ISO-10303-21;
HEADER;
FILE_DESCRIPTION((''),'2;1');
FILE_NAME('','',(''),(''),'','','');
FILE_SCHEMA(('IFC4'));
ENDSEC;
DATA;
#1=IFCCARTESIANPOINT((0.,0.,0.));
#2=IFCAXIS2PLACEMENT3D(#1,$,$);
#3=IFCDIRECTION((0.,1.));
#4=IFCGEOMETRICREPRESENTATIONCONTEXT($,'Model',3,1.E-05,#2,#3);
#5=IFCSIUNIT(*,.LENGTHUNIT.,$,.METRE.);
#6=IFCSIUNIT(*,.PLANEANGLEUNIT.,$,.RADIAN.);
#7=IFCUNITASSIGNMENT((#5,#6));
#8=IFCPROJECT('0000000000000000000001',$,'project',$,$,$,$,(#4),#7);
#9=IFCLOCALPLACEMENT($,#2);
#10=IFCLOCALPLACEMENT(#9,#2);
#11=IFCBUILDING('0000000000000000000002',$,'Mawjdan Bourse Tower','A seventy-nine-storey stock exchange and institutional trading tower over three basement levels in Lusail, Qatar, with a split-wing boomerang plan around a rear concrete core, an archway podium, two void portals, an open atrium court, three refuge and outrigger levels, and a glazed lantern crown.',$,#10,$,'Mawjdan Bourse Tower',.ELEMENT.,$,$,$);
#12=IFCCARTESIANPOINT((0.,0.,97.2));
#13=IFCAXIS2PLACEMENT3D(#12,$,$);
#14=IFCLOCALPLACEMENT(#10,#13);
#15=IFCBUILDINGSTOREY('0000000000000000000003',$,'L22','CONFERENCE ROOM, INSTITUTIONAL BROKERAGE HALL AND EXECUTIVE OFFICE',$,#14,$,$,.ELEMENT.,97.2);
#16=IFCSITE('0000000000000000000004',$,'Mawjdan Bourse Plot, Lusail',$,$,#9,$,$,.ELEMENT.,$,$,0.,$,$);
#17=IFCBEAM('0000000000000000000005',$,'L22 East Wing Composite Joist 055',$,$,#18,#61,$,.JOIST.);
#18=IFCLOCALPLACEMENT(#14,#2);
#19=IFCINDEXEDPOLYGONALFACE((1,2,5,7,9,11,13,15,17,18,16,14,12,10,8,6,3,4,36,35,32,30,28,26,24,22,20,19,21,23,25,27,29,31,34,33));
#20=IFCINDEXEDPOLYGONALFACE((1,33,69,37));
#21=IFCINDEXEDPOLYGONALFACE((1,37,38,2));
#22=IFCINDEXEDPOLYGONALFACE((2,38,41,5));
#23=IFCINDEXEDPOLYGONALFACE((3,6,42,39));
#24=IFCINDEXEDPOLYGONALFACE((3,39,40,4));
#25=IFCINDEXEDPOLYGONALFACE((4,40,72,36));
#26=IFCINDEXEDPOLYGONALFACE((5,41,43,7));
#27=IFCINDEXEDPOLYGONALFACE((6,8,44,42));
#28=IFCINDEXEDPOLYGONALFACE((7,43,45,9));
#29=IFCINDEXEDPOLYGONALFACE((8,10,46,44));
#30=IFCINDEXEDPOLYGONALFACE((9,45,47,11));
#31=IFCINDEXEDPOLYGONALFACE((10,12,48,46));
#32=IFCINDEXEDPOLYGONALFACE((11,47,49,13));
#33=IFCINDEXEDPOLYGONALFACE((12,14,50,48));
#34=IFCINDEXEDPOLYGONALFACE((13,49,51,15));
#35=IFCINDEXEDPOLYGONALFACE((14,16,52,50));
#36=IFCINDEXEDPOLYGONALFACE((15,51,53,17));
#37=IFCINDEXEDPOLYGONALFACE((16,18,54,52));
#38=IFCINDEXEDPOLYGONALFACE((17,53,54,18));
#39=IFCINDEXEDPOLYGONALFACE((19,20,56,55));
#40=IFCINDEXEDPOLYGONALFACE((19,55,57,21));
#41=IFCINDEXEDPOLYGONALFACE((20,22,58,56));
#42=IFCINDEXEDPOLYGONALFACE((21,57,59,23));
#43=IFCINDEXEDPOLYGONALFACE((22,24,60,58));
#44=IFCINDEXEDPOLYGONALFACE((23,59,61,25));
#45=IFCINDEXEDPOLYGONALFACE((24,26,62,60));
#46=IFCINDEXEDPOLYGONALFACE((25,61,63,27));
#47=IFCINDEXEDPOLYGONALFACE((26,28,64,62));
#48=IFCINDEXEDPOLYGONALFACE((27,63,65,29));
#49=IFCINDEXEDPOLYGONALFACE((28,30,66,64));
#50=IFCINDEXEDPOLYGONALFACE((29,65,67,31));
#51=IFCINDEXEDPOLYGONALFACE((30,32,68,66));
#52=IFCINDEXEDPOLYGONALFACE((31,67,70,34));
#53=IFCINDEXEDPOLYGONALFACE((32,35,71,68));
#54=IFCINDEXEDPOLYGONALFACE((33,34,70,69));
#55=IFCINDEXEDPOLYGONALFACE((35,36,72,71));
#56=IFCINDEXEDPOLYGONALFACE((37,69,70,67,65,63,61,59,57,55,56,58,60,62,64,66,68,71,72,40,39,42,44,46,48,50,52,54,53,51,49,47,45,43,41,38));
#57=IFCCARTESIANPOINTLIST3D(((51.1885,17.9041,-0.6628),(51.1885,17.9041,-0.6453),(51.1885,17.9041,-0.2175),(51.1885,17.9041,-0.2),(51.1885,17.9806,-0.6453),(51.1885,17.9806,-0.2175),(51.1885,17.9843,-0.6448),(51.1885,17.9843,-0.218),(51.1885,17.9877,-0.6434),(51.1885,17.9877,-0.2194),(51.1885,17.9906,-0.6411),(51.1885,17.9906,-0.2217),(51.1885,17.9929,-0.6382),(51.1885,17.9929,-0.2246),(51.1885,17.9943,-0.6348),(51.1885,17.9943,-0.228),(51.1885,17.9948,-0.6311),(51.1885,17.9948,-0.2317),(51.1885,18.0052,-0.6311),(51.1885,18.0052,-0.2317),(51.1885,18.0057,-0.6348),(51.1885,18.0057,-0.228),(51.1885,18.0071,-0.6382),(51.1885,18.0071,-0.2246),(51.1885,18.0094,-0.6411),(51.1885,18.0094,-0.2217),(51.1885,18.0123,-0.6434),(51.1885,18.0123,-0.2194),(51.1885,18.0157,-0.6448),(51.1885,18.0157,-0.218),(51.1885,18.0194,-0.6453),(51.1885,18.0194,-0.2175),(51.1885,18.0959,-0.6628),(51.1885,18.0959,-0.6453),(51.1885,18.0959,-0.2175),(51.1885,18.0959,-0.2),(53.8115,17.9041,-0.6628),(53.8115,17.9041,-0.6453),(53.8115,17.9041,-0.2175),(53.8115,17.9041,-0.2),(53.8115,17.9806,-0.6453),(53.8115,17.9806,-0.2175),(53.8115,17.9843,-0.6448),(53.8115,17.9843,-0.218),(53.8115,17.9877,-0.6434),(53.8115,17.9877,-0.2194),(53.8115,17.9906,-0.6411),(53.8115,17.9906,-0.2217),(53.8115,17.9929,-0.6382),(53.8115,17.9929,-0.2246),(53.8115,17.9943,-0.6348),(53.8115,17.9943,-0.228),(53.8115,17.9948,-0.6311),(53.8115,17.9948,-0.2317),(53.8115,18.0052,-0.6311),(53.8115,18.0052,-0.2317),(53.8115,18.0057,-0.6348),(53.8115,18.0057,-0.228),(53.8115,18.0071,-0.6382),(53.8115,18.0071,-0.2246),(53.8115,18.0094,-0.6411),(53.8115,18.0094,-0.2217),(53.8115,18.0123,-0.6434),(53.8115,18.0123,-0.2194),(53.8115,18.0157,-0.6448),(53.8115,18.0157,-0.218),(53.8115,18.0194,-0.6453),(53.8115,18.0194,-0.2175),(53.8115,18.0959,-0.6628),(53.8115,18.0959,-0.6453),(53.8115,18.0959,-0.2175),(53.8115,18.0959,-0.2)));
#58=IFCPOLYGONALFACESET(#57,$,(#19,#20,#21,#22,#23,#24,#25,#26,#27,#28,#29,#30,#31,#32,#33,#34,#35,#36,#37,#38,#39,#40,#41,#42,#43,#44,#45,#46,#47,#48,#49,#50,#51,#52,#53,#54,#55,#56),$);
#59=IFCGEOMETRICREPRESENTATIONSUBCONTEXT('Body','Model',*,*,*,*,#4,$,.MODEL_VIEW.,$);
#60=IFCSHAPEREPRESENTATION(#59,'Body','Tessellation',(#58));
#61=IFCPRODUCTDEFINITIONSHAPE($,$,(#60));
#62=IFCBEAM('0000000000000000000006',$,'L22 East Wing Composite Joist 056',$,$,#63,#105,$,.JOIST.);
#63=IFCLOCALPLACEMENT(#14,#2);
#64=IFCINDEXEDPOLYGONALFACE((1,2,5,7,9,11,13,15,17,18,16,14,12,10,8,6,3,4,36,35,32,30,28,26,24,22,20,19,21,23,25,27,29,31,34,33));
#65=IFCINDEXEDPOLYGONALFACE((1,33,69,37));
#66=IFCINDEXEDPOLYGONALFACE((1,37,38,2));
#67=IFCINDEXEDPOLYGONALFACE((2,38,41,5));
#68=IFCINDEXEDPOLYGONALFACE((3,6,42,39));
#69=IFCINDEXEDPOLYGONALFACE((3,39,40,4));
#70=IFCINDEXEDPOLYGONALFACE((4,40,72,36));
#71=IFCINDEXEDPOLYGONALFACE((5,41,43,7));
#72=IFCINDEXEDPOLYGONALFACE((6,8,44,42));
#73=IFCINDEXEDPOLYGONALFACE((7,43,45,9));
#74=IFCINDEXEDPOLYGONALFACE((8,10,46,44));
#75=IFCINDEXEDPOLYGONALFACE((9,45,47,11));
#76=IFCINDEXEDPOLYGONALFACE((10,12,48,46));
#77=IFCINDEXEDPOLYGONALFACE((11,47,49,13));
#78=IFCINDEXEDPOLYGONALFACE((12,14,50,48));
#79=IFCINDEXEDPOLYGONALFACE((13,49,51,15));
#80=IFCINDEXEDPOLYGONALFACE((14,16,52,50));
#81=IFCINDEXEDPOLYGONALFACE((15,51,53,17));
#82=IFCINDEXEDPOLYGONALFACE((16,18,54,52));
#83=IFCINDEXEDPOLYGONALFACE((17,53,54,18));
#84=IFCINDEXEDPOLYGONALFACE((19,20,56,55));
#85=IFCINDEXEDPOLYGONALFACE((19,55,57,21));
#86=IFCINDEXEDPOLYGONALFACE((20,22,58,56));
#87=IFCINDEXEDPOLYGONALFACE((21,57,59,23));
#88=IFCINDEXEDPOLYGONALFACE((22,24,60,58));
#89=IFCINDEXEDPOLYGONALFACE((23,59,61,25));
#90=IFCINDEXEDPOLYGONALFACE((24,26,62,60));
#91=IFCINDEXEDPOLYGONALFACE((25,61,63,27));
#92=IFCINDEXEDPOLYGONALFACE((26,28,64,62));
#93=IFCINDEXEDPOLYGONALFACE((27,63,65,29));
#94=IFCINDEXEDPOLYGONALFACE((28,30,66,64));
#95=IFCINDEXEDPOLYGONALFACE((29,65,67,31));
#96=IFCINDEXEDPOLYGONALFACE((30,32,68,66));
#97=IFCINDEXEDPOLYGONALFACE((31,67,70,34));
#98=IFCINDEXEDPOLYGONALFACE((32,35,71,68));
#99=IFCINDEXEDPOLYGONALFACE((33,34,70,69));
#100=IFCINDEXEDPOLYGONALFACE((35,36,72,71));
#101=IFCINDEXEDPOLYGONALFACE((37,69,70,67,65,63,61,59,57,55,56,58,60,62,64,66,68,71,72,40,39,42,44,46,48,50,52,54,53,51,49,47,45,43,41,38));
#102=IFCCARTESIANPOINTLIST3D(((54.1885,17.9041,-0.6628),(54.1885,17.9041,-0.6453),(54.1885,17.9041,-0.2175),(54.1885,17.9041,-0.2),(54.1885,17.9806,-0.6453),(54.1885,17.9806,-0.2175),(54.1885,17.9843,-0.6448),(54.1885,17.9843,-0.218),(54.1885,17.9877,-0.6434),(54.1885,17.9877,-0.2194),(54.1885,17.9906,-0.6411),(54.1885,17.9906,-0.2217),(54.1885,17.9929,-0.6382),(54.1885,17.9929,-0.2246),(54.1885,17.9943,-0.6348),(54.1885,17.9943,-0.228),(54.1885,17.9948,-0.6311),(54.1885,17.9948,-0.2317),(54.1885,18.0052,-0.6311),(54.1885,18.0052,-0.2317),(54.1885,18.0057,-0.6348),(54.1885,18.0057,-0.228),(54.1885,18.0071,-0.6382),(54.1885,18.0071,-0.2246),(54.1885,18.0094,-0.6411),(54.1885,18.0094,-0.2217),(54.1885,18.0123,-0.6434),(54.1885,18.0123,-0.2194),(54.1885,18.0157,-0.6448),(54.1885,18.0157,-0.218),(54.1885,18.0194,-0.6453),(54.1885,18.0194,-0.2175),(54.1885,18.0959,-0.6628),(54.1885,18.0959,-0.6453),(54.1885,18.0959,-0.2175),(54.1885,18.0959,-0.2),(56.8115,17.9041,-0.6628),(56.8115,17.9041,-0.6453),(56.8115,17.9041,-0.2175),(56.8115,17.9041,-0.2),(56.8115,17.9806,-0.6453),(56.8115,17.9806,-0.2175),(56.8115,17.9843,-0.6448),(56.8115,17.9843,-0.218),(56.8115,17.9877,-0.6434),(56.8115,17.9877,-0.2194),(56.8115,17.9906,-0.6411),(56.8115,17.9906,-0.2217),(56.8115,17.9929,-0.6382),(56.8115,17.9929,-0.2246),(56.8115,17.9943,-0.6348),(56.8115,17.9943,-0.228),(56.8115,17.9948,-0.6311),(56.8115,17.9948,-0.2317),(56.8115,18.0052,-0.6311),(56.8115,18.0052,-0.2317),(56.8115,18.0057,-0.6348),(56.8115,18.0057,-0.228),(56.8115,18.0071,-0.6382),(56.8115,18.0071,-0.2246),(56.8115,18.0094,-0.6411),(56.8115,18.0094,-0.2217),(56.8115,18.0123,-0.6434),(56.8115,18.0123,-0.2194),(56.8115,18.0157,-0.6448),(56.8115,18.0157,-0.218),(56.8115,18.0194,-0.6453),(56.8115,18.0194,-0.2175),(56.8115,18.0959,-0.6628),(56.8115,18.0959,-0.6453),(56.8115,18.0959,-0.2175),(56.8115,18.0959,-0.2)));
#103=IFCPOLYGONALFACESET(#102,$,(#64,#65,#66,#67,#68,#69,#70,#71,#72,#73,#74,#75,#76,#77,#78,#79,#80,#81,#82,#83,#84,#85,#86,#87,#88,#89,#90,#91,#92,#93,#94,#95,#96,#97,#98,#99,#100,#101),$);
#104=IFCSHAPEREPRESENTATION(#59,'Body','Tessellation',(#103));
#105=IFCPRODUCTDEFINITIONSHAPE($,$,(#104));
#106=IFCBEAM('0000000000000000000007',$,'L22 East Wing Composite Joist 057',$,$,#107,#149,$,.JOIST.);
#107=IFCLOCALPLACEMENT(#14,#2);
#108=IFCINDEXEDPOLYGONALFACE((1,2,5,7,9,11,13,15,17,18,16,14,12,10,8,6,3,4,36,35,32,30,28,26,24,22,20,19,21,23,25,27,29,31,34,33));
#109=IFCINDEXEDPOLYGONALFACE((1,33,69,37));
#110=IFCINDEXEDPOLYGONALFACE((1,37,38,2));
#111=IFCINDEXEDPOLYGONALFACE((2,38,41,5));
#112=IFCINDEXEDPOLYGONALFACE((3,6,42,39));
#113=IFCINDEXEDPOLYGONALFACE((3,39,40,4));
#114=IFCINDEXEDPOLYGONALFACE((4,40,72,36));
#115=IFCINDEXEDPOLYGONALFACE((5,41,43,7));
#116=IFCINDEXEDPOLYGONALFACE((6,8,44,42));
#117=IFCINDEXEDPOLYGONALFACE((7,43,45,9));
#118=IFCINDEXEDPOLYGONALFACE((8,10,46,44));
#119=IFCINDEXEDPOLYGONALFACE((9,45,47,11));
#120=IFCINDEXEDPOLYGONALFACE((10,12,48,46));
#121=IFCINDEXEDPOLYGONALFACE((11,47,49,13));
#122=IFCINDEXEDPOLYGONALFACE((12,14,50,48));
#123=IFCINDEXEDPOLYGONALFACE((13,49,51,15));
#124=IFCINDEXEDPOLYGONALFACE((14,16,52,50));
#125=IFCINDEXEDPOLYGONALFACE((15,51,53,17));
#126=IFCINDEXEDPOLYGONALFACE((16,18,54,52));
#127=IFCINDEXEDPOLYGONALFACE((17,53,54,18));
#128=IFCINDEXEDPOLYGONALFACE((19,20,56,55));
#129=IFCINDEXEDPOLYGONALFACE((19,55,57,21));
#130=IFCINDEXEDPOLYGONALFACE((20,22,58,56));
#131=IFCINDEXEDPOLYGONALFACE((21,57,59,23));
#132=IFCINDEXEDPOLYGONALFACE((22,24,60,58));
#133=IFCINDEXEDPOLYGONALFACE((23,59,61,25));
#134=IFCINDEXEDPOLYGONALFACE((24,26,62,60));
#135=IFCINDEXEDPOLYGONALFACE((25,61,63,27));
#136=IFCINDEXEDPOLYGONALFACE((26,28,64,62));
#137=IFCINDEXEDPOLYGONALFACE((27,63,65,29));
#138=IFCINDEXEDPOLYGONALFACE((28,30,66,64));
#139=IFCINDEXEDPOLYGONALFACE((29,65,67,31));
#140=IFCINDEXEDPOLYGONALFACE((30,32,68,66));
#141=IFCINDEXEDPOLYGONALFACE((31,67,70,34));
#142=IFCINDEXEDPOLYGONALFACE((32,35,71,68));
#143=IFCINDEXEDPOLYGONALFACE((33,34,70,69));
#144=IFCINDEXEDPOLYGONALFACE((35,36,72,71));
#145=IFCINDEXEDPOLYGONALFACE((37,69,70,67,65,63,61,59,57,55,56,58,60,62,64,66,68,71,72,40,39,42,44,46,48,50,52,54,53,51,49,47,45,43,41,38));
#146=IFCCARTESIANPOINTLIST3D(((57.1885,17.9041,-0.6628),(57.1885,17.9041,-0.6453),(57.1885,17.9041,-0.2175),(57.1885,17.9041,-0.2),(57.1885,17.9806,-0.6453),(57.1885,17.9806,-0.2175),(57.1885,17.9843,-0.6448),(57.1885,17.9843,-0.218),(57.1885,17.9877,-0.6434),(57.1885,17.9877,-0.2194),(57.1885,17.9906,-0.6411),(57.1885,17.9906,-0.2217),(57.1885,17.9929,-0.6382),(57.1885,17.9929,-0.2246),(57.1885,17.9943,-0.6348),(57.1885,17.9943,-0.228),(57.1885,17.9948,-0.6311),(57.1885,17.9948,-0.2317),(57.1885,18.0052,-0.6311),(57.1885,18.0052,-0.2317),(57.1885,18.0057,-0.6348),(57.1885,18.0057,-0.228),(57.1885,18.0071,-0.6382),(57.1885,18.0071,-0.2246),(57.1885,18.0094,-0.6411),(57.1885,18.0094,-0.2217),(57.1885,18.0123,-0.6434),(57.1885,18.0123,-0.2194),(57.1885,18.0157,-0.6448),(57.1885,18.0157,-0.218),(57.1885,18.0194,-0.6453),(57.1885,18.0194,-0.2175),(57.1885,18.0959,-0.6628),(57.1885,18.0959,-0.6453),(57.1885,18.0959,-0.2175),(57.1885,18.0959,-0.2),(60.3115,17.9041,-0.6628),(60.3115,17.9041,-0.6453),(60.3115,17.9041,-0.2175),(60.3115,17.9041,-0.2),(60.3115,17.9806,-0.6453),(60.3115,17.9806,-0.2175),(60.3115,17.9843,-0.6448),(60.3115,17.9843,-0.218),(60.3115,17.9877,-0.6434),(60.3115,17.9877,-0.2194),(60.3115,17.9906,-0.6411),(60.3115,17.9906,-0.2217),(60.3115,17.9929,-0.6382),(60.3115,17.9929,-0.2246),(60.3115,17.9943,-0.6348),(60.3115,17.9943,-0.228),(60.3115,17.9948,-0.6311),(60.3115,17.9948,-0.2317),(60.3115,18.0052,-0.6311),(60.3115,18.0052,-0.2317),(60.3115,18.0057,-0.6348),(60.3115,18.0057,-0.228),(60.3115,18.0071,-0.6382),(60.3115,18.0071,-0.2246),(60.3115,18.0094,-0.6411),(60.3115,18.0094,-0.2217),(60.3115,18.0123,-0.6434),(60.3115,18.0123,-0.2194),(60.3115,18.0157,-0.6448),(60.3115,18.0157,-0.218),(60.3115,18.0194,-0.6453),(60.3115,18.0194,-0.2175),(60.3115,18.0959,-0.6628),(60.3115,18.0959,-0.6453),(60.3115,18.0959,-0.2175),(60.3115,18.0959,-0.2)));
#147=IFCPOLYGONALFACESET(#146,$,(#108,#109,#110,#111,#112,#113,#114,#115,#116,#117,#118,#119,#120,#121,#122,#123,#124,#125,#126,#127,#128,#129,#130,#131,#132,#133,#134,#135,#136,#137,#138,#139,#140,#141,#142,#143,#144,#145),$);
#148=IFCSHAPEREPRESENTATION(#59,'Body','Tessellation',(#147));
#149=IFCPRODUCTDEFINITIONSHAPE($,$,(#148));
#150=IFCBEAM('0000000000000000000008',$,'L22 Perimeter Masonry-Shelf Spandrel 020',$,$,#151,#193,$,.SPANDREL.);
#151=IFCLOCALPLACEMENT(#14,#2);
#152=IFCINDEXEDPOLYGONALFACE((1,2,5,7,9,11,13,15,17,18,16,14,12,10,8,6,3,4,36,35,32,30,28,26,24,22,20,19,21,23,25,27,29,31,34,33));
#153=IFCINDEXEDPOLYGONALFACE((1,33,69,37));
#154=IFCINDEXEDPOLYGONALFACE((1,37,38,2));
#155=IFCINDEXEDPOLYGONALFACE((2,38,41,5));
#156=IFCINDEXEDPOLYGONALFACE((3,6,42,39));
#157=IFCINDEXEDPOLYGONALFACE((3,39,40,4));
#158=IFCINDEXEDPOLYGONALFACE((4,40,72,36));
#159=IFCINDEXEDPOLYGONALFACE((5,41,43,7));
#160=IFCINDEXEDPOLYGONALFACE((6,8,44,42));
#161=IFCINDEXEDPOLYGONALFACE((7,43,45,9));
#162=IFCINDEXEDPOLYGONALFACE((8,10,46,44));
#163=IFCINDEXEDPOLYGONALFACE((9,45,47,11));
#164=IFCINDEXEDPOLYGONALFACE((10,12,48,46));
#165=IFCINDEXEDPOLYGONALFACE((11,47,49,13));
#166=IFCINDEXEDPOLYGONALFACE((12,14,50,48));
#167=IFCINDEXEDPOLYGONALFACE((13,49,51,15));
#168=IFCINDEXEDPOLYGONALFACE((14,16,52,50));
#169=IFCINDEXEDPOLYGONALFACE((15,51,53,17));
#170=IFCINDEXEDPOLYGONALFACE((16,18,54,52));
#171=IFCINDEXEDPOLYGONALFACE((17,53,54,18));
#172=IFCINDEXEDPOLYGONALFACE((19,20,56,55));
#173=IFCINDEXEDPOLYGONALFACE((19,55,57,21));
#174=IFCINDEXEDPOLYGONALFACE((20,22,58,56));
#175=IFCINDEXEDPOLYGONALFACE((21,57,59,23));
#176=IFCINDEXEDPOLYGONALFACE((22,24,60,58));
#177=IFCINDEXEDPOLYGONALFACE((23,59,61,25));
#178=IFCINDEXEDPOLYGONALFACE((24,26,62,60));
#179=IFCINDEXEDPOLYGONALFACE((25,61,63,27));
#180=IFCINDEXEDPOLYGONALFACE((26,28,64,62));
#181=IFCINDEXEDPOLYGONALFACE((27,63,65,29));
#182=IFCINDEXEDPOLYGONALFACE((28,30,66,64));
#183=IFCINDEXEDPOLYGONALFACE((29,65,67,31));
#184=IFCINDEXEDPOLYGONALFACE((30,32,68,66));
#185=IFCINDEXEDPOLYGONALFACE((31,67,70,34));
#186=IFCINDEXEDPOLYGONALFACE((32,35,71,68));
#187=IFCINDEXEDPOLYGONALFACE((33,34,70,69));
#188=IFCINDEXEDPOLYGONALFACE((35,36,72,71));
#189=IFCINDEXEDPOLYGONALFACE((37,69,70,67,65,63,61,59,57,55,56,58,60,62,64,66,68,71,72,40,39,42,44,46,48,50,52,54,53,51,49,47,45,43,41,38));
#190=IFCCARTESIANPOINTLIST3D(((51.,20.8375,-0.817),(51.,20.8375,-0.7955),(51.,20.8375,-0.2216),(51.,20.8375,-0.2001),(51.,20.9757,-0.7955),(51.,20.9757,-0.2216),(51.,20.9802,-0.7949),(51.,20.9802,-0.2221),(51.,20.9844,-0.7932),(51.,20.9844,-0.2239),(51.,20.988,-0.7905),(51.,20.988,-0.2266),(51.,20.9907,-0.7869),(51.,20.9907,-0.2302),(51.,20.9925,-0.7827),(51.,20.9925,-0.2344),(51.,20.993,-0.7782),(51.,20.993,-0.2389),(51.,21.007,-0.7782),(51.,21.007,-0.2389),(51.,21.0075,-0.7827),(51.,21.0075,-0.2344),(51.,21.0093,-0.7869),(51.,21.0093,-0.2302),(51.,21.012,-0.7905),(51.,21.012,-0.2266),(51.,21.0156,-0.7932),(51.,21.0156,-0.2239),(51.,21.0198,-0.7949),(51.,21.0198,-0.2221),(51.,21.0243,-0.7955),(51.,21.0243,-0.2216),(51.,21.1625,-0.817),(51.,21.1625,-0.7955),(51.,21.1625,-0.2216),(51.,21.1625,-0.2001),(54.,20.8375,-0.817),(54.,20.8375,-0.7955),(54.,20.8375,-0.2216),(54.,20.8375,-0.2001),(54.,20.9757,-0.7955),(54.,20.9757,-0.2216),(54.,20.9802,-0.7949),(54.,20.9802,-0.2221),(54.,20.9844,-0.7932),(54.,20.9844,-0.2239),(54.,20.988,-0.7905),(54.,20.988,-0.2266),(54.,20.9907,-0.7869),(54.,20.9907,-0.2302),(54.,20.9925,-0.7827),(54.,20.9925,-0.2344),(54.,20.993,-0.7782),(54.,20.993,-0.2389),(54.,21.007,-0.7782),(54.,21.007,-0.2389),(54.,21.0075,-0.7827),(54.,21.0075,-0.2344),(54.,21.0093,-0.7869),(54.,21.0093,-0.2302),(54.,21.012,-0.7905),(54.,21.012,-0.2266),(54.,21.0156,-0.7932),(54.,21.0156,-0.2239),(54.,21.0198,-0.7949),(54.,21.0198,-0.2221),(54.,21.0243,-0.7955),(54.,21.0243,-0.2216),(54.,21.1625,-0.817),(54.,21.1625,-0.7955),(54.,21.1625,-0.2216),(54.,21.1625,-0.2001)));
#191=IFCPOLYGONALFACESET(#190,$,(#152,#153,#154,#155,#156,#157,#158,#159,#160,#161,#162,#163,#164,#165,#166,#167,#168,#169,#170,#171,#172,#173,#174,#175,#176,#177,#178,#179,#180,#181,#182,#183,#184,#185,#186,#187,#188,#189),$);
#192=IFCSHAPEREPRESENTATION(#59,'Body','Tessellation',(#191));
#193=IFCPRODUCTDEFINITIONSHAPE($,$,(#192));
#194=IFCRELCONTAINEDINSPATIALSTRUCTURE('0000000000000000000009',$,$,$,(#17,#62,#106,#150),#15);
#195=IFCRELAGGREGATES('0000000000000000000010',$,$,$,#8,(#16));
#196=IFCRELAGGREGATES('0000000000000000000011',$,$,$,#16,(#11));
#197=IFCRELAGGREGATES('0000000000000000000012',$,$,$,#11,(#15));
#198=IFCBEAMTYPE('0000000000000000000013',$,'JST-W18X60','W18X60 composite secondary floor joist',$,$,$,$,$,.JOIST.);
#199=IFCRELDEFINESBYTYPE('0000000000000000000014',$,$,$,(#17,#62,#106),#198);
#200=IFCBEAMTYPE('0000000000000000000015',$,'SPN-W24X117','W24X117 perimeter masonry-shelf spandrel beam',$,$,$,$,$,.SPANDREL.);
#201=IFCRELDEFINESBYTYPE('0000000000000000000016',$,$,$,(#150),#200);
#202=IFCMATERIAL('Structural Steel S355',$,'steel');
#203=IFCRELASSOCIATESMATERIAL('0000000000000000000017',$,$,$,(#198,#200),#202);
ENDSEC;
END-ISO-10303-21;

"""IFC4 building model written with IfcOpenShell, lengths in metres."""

from ifc_helpers import new_model, si_unit, direction, frame, origin, origin_2d, place, context, subcontext, project, spatial, i_section, extrude, material, material_profile, profile_set, type_object, element, save


model = new_model("IFC4")

# Units and contexts
model_context = context("Model", 3, precision=1e-05, world=origin(), true_north=direction((0.0, 1.0)))
body_context = subcontext(model_context, "Body", "Model", "MODEL_VIEW")
ifc_project = project(units=[si_unit("LENGTHUNIT", "METRE"), si_unit("PLANEANGLEUNIT", "RADIAN")], contexts=[model_context])

# Site, building, storey
site_placement = place(None, origin())
site = spatial("IfcSite", under=ifc_project, at=site_placement, Name="Mawjdan Bourse Plot, Lusail", CompositionType="ELEMENT", RefElevation=0.0)
building_placement = place(site_placement, origin())
building = spatial("IfcBuilding", under=site, at=building_placement, Name="Mawjdan Bourse Tower", Description="A seventy-nine-storey stock exchange and institutional trading tower over three basement levels in Lusail, Qatar, with a split-wing boomerang plan around a rear concrete core, an archway podium, two void portals, an open atrium court, three refuge and outrigger levels, and a glazed lantern crown.", LongName="Mawjdan Bourse Tower", CompositionType="ELEMENT")
storey_placement = place(building_placement, frame((0.0, 0.0, 97.2)))
storey = spatial("IfcBuildingStorey", under=building, at=storey_placement, Name="L22", Description="CONFERENCE ROOM, INSTITUTIONAL BROKERAGE HALL AND EXECUTIVE OFFICE", CompositionType="ELEMENT", Elevation=97.2)

# Beams
ifc_material_1 = material(Name="Structural Steel S355", Category="steel")
ifc_material_profile_1 = material_profile(ifc_material_1, i_section(OverallWidth=0.1919, OverallDepth=0.4629, WebThickness=0.0105, FlangeThickness=0.0176, FilletRadius=0.0142, at=origin_2d()), Name="W18X60")
ifc_profile_set_1 = profile_set([ifc_material_profile_1], Name="Structural Steel S355")
beam_type_1 = type_object("IfcBeamType", Name="JST-W18X60", Description="W18X60 composite secondary floor joist", PredefinedType="JOIST", material=ifc_profile_set_1)
for number, where, z_axis, x_axis, name in (
    (1, (51.1885, 18.0, -0.4314), (1.0, 0.0, 0.0), (0.0, 1.0, 0.0), "L22 East Wing Composite Joist 055"),
    (2, (54.1885, 18.0, -0.4314), (1.0, 0.0, 0.0), (0.0, 1.0, 0.0), "L22 East Wing Composite Joist 056"),
):
    element("IfcBeam", number, at=place(storey_placement, frame(where, z_axis=z_axis, x_axis=x_axis)), inside=storey, type_object=beam_type_1, Name=name, PredefinedType="JOIST", context=body_context, shape_type="SweptSolid", body=[
        extrude(i_section(OverallWidth=0.1919, OverallDepth=0.4629, WebThickness=0.0105, FlangeThickness=0.0176, FilletRadius=0.0142, at=origin_2d()), origin(), (0.0, 0.0, 1.0), 2.623),
    ])
beam_1_placement = place(storey_placement, frame((57.1885, 18.0, -0.4314), z_axis=(1.0, 0.0, 0.0), x_axis=(0.0, 1.0, 0.0)))
element("IfcBeam", 3, at=beam_1_placement, inside=storey, type_object=beam_type_1, Name="L22 East Wing Composite Joist 057", PredefinedType="JOIST", context=body_context, shape_type="SweptSolid", body=[
    extrude(i_section(OverallWidth=0.1919, OverallDepth=0.4629, WebThickness=0.0105, FlangeThickness=0.0176, FilletRadius=0.0142, at=origin_2d()), origin(), (0.0, 0.0, 1.0), 3.123),
])
ifc_material_profile_2 = material_profile(ifc_material_1, i_section(OverallWidth=0.325, OverallDepth=0.6169, WebThickness=0.0139, FlangeThickness=0.0215, FilletRadius=0.0173, at=origin_2d()), Name="W24X117")
ifc_profile_set_2 = profile_set([ifc_material_profile_2], Name="Structural Steel S355")
beam_type_2 = type_object("IfcBeamType", Name="SPN-W24X117", Description="W24X117 perimeter masonry-shelf spandrel beam", PredefinedType="SPANDREL", material=ifc_profile_set_2)
for number, where, z_axis, x_axis, name in (
    (4, (51.0, 21.0, -0.5085), (1.0, 0.0, 0.0), (0.0, 1.0, 0.0), "L22 Perimeter Masonry-Shelf Spandrel 020"),
):
    element("IfcBeam", number, at=place(storey_placement, frame(where, z_axis=z_axis, x_axis=x_axis)), inside=storey, type_object=beam_type_2, Name=name, PredefinedType="SPANDREL", context=body_context, shape_type="SweptSolid", body=[
        extrude(i_section(OverallWidth=0.325, OverallDepth=0.6169, WebThickness=0.0139, FlangeThickness=0.0215, FilletRadius=0.0173, at=origin_2d()), origin(), (0.0, 0.0, 1.0), 3.0),
    ])

save(model, "model.ifc")
